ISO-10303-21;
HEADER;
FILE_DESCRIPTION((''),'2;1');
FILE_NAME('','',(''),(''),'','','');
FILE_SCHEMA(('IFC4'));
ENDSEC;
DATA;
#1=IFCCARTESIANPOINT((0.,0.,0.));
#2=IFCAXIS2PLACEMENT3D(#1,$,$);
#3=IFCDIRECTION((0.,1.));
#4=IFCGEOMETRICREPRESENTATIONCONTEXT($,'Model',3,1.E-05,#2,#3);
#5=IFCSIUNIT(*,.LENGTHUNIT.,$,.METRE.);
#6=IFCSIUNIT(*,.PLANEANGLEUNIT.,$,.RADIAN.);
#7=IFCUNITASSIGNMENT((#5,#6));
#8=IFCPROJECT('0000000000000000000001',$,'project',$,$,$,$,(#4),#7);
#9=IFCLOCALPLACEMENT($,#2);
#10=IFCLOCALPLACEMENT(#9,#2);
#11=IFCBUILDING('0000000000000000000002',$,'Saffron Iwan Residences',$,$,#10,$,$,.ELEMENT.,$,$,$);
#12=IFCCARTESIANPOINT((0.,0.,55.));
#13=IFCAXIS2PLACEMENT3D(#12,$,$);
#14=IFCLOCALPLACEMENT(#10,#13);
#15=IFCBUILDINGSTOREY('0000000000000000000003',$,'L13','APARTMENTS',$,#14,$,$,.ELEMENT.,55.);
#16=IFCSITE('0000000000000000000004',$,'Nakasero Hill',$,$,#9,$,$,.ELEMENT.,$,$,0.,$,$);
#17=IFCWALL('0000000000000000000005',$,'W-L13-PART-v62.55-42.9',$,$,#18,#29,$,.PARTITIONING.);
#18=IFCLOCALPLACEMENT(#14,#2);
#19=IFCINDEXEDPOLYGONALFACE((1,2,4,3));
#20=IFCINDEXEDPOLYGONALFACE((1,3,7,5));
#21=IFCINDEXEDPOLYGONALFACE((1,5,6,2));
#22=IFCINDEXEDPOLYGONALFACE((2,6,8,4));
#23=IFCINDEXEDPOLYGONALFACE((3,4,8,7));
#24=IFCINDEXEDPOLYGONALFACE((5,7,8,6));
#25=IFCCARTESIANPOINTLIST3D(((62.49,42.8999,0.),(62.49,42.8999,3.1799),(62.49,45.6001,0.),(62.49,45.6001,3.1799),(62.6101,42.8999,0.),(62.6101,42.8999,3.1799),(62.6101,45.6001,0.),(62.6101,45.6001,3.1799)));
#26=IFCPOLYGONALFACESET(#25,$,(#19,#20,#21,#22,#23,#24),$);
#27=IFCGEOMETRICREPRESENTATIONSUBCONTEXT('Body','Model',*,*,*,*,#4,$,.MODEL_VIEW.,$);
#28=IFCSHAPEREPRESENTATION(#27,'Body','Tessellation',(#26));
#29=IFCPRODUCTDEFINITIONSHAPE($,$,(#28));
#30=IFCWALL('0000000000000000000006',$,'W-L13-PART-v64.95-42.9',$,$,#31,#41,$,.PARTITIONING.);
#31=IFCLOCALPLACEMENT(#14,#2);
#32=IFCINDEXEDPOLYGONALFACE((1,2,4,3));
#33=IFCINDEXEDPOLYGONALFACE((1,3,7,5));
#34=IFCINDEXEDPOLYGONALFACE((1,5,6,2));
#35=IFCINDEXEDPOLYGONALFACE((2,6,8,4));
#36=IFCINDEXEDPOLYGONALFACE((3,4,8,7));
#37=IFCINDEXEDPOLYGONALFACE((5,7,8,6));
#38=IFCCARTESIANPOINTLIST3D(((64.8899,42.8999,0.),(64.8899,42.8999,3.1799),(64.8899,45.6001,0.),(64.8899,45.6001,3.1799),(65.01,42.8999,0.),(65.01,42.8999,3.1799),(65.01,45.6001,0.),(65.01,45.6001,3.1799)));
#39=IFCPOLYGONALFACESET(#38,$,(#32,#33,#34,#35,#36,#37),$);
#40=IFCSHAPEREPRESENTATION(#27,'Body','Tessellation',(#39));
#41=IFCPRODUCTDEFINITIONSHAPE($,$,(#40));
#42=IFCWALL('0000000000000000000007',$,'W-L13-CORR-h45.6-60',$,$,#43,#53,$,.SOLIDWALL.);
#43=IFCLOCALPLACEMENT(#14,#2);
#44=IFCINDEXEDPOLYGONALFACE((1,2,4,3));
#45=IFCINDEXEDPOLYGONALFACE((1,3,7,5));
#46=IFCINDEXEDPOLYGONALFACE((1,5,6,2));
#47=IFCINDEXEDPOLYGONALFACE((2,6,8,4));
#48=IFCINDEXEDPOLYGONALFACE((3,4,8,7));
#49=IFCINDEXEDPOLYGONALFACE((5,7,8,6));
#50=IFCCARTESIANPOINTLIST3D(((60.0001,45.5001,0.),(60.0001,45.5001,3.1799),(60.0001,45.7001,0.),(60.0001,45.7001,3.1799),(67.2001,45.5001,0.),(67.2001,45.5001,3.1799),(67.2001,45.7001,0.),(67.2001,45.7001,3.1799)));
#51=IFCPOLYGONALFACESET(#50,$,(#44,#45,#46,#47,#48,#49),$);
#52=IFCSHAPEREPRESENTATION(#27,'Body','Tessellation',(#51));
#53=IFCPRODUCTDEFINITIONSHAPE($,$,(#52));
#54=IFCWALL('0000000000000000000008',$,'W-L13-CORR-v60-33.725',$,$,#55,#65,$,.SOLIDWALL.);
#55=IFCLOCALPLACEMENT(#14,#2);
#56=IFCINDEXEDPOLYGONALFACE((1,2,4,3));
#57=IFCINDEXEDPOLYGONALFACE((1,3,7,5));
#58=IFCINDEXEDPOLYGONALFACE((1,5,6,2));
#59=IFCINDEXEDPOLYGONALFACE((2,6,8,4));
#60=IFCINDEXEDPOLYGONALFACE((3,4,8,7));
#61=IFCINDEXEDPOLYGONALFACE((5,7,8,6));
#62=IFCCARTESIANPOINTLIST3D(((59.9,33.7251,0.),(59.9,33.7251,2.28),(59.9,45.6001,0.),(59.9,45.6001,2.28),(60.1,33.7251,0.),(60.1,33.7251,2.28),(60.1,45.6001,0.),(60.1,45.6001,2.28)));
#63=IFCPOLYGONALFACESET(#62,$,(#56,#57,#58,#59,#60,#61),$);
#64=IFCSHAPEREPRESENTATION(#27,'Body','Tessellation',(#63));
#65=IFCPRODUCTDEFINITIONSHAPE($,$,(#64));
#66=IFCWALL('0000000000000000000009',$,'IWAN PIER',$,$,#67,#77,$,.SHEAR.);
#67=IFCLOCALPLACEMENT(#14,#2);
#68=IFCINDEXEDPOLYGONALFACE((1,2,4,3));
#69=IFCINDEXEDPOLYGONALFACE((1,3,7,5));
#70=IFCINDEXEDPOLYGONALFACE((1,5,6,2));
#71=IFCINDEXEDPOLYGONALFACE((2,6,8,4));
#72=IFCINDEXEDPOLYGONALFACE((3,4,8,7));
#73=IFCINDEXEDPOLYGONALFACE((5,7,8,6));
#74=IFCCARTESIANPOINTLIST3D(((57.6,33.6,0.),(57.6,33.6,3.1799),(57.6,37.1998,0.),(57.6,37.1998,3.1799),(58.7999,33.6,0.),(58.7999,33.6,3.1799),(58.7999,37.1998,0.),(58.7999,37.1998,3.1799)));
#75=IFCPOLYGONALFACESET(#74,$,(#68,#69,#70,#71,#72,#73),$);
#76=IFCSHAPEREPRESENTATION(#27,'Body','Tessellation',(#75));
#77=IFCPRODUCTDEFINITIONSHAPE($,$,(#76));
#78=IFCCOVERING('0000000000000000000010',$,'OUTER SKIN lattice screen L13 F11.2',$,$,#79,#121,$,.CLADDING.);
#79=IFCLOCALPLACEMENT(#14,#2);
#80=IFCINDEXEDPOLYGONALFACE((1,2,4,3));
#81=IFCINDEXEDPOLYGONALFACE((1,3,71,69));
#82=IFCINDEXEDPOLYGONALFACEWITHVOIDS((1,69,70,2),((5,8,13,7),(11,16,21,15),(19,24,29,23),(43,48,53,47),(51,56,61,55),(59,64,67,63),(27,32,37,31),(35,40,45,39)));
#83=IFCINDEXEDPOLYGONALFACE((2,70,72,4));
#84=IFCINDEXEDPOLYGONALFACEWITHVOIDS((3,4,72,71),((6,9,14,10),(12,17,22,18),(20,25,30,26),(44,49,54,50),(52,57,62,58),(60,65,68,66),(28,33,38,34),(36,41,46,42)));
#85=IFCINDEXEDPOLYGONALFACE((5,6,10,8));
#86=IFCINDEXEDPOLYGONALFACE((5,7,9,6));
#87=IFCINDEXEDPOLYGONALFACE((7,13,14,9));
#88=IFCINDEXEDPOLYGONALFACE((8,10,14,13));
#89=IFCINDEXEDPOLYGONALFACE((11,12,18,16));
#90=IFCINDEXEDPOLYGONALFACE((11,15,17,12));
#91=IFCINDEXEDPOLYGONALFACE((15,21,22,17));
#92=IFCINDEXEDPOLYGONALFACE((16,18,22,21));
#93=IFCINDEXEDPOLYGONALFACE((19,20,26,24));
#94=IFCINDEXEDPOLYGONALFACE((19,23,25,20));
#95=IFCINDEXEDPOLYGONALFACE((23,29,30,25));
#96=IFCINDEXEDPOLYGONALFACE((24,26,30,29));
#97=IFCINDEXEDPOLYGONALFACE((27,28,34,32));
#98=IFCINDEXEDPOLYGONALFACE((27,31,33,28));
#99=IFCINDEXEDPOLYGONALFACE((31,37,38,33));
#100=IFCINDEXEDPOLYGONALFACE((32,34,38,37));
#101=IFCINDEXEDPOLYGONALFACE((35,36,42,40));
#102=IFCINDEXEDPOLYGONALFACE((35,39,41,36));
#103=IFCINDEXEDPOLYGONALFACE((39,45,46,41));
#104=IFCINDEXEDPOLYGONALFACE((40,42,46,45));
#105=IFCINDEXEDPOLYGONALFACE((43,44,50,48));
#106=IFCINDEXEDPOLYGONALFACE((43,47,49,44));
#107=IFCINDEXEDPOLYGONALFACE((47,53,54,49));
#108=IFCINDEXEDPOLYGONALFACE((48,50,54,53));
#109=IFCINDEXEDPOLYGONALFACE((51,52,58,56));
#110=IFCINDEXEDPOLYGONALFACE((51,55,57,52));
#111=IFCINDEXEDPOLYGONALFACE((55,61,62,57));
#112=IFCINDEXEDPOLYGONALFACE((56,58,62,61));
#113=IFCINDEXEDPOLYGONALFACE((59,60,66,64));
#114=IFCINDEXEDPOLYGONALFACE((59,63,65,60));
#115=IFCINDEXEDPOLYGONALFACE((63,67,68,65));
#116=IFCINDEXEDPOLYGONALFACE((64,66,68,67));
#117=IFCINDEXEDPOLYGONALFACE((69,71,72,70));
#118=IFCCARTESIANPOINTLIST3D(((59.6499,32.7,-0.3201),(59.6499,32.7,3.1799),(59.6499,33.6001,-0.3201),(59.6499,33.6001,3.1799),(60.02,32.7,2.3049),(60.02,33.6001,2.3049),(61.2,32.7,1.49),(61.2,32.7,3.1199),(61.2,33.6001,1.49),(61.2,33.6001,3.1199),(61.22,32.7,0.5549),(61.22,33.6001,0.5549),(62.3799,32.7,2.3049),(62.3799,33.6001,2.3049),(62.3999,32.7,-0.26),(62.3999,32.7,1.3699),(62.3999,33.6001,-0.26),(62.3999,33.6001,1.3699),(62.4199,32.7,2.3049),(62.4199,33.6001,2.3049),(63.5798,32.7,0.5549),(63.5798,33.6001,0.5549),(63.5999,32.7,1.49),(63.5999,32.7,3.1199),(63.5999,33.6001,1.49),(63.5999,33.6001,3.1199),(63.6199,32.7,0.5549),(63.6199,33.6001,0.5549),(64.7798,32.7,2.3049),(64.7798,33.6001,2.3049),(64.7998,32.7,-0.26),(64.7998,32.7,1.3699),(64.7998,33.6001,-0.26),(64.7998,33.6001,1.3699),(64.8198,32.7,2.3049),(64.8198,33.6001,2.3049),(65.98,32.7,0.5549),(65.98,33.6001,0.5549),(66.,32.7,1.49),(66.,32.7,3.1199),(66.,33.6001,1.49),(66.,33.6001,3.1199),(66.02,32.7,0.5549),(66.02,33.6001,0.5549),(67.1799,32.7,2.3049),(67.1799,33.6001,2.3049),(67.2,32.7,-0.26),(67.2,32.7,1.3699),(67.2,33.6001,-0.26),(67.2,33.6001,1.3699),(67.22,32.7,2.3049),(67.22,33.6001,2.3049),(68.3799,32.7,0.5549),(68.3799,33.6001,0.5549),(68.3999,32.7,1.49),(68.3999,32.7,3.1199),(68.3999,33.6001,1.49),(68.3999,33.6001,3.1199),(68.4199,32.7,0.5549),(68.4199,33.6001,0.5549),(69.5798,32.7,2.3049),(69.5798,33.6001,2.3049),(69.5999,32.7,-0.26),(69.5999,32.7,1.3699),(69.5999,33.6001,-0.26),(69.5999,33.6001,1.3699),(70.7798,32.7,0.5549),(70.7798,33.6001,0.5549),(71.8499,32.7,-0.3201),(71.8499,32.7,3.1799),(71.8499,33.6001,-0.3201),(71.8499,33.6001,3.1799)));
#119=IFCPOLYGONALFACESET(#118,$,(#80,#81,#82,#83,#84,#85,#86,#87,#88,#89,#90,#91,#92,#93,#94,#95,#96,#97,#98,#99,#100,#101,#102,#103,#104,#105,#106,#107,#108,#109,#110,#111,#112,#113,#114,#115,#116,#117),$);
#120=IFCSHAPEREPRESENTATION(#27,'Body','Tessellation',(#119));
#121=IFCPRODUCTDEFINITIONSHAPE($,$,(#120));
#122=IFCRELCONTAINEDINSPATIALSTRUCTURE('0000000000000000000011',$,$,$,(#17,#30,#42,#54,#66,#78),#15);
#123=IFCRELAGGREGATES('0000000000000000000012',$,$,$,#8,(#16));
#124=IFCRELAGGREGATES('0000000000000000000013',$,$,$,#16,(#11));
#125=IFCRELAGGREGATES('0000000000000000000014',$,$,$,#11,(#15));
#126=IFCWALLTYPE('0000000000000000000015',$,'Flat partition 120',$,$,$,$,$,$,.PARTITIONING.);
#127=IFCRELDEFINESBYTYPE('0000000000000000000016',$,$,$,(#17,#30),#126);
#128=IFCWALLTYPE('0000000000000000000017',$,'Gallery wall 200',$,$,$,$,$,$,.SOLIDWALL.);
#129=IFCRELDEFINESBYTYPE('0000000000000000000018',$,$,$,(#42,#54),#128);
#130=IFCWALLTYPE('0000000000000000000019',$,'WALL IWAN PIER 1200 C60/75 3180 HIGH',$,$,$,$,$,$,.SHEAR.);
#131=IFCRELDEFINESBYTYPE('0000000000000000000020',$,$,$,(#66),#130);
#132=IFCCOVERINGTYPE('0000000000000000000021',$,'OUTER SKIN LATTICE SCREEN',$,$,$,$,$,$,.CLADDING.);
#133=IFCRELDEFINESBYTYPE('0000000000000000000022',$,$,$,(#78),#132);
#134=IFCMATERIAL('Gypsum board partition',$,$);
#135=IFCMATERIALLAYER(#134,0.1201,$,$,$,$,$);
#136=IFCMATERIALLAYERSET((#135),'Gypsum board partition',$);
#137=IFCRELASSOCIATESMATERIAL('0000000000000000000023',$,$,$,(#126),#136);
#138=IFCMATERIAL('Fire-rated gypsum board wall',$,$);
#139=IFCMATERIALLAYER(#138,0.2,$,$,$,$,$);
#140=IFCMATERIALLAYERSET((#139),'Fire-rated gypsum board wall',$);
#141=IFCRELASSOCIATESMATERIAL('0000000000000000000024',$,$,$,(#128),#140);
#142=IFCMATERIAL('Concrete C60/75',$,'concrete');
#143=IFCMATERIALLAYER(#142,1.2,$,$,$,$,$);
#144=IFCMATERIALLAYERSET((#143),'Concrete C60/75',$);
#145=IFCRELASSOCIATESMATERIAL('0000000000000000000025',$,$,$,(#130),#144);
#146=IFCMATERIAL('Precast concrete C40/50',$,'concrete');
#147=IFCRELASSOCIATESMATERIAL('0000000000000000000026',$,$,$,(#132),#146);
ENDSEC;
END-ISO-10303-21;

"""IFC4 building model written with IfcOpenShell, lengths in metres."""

from ifc_helpers import new_model, si_unit, direction, frame, frame_2d, origin, place, context, subcontext, project, spatial, polyline, rectangle, outline, extrude, material, layer, layer_set, type_object, element, save


model = new_model("IFC4")

# Units and contexts
model_context = context("Model", 3, precision=1e-05, world=origin(), true_north=direction((0.0, 1.0)))
body_context = subcontext(model_context, "Body", "Model", "MODEL_VIEW")
ifc_project = project(units=[si_unit("LENGTHUNIT", "METRE"), si_unit("PLANEANGLEUNIT", "RADIAN")], contexts=[model_context])

# Site, building, storey
site_placement = place(None, origin())
site = spatial("IfcSite", under=ifc_project, at=site_placement, Name="Nakasero Hill", CompositionType="ELEMENT", RefElevation=0.0)
building_placement = place(site_placement, origin())
building = spatial("IfcBuilding", under=site, at=building_placement, Name="Saffron Iwan Residences", CompositionType="ELEMENT")
storey_placement = place(building_placement, frame((0.0, 0.0, 55.0)))
storey = spatial("IfcBuildingStorey", under=building, at=storey_placement, Name="L13", Description="APARTMENTS", CompositionType="ELEMENT", Elevation=55.0)

# Shared definitions
ifc_material_1 = material(Name="Concrete C60/75", Category="concrete")

# Shared definitions
ifc_material_2 = material(Name="Gypsum board partition")
ifc_layer_1 = layer(ifc_material_2, 0.1201)
ifc_layer_set_1 = layer_set([ifc_layer_1], Name="Gypsum board partition")
wall_type_1 = type_object("IfcWallType", Name="Flat partition 120", PredefinedType="PARTITIONING", material=ifc_layer_set_1)

# Walls
for number, where, z_axis, x_axis, name in (
    (1, (62.55, 42.8999, 0.0), (0.0, 0.0, 1.0), (0.0, 1.0, 0.0), "W-L13-PART-v62.55-42.9"),
    (2, (64.95, 42.8999, 0.0), (0.0, 0.0, 1.0), (0.0, 1.0, 0.0), "W-L13-PART-v64.95-42.9"),
):
    element("IfcWall", number, at=place(storey_placement, frame(where, z_axis=z_axis, x_axis=x_axis)), inside=storey, type_object=wall_type_1, Name=name, PredefinedType="PARTITIONING", context=body_context, shape_type="SweptSolid", body=[
        extrude(rectangle(XDim=2.7002, YDim=0.1201, at=frame_2d((1.3501, 0.0))), origin(), (0.0, 0.0, 1.0), 3.1799),
    ])
ifc_material_3 = material(Name="Fire-rated gypsum board wall")
ifc_layer_2 = layer(ifc_material_3, 0.2)
ifc_layer_set_2 = layer_set([ifc_layer_2], Name="Fire-rated gypsum board wall")
wall_type_2 = type_object("IfcWallType", Name="Gallery wall 200", PredefinedType="SOLIDWALL", material=ifc_layer_set_2)
wall_1_placement = place(storey_placement, frame((60.0, 45.6001, 0.0), z_axis=(0.0, 0.0, 1.0), x_axis=(1.0, 0.0, 0.0)))
element("IfcWall", 3, at=wall_1_placement, inside=storey, type_object=wall_type_2, Name="W-L13-CORR-h45.6-60", PredefinedType="SOLIDWALL", context=body_context, shape_type="SweptSolid", body=[
    extrude(rectangle(XDim=7.2, YDim=0.2, at=frame_2d((3.6001, 0.0))), origin(), (0.0, 0.0, 1.0), 3.1799),
])
wall_2_placement = place(storey_placement, frame((60.0, 33.7251, 0.0), z_axis=(0.0, 0.0, 1.0), x_axis=(0.0, 1.0, 0.0)))
element("IfcWall", 4, at=wall_2_placement, inside=storey, type_object=wall_type_2, Name="W-L13-CORR-v60-33.725", PredefinedType="SOLIDWALL", context=body_context, shape_type="SweptSolid", body=[
    extrude(rectangle(XDim=11.875, YDim=0.2, at=frame_2d((5.9375, 0.0))), origin(), (0.0, 0.0, 1.0), 2.28),
])
ifc_layer_3 = layer(ifc_material_1, 1.2)
ifc_layer_set_3 = layer_set([ifc_layer_3], Name="Concrete C60/75")
wall_type_3 = type_object("IfcWallType", Name="WALL IWAN PIER 1200 C60/75 3180 HIGH", PredefinedType="SHEAR", material=ifc_layer_set_3)
wall_3_placement = place(storey_placement, frame((58.2, 33.6001, 0.0), z_axis=(0.0, 0.0, 1.0), x_axis=(0.0, 1.0, 0.0)))
element("IfcWall", 5, at=wall_3_placement, inside=storey, type_object=wall_type_3, Name="IWAN PIER", PredefinedType="SHEAR", context=body_context, shape_type="SweptSolid", body=[
    extrude(rectangle(XDim=3.5999, YDim=1.2, at=frame_2d((1.7998, 0.0))), origin(), (0.0, 0.0, 1.0), 3.1799),
])

# Covering
ifc_material_4 = material(Name="Precast concrete C40/50", Category="concrete")
covering_type = type_object("IfcCoveringType", Name="OUTER SKIN LATTICE SCREEN", PredefinedType="CLADDING", material=ifc_material_4)
covering_placement = place(storey_placement, frame((59.6499, 33.6001, -0.3201), z_axis=(0.0, -1.0, 0.0), x_axis=(1.0, 0.0, 0.0)))
element("IfcCovering", 6, at=covering_placement, inside=storey, type_object=covering_type, Name="OUTER SKIN lattice screen L13 F11.2", PredefinedType="CLADDING", context=body_context, shape_type="SweptSolid", body=[
    extrude(outline(polyline([(0.0, 0.0), (12.2, 0.0), (12.2, 3.5), (0.0, 3.5), (0.0, 0.0)]), holes=[polyline([(1.5701, 0.875), (2.75, 0.0601), (3.9299, 0.875), (2.75, 1.6899), (1.5701, 0.875)]), polyline([(3.97, 0.875), (5.1499, 0.0601), (6.3301, 0.875), (5.1499, 1.6899), (3.97, 0.875)]), polyline([(6.3701, 0.875), (7.55, 0.0601), (8.73, 0.875), (7.55, 1.6899), (6.3701, 0.875)]), polyline([(8.77, 0.875), (9.95, 0.0601), (11.1299, 0.875), (9.95, 1.6899), (8.77, 0.875)]), polyline([(0.3701, 2.625), (1.55, 1.8101), (2.73, 2.625), (1.55, 3.4399), (0.3701, 2.625)]), polyline([(2.77, 2.625), (3.95, 1.8101), (5.1299, 2.625), (3.95, 3.4399), (2.77, 2.625)]), polyline([(5.1699, 2.625), (6.3501, 1.8101), (7.53, 2.625), (6.3501, 3.4399), (5.1699, 2.625)]), polyline([(7.5701, 2.625), (8.75, 1.8101), (9.9299, 2.625), (8.75, 3.4399), (7.5701, 2.625)])]), origin(), (0.0, 0.0, 1.0), 0.9001),
])

save(model, "model.ifc")
